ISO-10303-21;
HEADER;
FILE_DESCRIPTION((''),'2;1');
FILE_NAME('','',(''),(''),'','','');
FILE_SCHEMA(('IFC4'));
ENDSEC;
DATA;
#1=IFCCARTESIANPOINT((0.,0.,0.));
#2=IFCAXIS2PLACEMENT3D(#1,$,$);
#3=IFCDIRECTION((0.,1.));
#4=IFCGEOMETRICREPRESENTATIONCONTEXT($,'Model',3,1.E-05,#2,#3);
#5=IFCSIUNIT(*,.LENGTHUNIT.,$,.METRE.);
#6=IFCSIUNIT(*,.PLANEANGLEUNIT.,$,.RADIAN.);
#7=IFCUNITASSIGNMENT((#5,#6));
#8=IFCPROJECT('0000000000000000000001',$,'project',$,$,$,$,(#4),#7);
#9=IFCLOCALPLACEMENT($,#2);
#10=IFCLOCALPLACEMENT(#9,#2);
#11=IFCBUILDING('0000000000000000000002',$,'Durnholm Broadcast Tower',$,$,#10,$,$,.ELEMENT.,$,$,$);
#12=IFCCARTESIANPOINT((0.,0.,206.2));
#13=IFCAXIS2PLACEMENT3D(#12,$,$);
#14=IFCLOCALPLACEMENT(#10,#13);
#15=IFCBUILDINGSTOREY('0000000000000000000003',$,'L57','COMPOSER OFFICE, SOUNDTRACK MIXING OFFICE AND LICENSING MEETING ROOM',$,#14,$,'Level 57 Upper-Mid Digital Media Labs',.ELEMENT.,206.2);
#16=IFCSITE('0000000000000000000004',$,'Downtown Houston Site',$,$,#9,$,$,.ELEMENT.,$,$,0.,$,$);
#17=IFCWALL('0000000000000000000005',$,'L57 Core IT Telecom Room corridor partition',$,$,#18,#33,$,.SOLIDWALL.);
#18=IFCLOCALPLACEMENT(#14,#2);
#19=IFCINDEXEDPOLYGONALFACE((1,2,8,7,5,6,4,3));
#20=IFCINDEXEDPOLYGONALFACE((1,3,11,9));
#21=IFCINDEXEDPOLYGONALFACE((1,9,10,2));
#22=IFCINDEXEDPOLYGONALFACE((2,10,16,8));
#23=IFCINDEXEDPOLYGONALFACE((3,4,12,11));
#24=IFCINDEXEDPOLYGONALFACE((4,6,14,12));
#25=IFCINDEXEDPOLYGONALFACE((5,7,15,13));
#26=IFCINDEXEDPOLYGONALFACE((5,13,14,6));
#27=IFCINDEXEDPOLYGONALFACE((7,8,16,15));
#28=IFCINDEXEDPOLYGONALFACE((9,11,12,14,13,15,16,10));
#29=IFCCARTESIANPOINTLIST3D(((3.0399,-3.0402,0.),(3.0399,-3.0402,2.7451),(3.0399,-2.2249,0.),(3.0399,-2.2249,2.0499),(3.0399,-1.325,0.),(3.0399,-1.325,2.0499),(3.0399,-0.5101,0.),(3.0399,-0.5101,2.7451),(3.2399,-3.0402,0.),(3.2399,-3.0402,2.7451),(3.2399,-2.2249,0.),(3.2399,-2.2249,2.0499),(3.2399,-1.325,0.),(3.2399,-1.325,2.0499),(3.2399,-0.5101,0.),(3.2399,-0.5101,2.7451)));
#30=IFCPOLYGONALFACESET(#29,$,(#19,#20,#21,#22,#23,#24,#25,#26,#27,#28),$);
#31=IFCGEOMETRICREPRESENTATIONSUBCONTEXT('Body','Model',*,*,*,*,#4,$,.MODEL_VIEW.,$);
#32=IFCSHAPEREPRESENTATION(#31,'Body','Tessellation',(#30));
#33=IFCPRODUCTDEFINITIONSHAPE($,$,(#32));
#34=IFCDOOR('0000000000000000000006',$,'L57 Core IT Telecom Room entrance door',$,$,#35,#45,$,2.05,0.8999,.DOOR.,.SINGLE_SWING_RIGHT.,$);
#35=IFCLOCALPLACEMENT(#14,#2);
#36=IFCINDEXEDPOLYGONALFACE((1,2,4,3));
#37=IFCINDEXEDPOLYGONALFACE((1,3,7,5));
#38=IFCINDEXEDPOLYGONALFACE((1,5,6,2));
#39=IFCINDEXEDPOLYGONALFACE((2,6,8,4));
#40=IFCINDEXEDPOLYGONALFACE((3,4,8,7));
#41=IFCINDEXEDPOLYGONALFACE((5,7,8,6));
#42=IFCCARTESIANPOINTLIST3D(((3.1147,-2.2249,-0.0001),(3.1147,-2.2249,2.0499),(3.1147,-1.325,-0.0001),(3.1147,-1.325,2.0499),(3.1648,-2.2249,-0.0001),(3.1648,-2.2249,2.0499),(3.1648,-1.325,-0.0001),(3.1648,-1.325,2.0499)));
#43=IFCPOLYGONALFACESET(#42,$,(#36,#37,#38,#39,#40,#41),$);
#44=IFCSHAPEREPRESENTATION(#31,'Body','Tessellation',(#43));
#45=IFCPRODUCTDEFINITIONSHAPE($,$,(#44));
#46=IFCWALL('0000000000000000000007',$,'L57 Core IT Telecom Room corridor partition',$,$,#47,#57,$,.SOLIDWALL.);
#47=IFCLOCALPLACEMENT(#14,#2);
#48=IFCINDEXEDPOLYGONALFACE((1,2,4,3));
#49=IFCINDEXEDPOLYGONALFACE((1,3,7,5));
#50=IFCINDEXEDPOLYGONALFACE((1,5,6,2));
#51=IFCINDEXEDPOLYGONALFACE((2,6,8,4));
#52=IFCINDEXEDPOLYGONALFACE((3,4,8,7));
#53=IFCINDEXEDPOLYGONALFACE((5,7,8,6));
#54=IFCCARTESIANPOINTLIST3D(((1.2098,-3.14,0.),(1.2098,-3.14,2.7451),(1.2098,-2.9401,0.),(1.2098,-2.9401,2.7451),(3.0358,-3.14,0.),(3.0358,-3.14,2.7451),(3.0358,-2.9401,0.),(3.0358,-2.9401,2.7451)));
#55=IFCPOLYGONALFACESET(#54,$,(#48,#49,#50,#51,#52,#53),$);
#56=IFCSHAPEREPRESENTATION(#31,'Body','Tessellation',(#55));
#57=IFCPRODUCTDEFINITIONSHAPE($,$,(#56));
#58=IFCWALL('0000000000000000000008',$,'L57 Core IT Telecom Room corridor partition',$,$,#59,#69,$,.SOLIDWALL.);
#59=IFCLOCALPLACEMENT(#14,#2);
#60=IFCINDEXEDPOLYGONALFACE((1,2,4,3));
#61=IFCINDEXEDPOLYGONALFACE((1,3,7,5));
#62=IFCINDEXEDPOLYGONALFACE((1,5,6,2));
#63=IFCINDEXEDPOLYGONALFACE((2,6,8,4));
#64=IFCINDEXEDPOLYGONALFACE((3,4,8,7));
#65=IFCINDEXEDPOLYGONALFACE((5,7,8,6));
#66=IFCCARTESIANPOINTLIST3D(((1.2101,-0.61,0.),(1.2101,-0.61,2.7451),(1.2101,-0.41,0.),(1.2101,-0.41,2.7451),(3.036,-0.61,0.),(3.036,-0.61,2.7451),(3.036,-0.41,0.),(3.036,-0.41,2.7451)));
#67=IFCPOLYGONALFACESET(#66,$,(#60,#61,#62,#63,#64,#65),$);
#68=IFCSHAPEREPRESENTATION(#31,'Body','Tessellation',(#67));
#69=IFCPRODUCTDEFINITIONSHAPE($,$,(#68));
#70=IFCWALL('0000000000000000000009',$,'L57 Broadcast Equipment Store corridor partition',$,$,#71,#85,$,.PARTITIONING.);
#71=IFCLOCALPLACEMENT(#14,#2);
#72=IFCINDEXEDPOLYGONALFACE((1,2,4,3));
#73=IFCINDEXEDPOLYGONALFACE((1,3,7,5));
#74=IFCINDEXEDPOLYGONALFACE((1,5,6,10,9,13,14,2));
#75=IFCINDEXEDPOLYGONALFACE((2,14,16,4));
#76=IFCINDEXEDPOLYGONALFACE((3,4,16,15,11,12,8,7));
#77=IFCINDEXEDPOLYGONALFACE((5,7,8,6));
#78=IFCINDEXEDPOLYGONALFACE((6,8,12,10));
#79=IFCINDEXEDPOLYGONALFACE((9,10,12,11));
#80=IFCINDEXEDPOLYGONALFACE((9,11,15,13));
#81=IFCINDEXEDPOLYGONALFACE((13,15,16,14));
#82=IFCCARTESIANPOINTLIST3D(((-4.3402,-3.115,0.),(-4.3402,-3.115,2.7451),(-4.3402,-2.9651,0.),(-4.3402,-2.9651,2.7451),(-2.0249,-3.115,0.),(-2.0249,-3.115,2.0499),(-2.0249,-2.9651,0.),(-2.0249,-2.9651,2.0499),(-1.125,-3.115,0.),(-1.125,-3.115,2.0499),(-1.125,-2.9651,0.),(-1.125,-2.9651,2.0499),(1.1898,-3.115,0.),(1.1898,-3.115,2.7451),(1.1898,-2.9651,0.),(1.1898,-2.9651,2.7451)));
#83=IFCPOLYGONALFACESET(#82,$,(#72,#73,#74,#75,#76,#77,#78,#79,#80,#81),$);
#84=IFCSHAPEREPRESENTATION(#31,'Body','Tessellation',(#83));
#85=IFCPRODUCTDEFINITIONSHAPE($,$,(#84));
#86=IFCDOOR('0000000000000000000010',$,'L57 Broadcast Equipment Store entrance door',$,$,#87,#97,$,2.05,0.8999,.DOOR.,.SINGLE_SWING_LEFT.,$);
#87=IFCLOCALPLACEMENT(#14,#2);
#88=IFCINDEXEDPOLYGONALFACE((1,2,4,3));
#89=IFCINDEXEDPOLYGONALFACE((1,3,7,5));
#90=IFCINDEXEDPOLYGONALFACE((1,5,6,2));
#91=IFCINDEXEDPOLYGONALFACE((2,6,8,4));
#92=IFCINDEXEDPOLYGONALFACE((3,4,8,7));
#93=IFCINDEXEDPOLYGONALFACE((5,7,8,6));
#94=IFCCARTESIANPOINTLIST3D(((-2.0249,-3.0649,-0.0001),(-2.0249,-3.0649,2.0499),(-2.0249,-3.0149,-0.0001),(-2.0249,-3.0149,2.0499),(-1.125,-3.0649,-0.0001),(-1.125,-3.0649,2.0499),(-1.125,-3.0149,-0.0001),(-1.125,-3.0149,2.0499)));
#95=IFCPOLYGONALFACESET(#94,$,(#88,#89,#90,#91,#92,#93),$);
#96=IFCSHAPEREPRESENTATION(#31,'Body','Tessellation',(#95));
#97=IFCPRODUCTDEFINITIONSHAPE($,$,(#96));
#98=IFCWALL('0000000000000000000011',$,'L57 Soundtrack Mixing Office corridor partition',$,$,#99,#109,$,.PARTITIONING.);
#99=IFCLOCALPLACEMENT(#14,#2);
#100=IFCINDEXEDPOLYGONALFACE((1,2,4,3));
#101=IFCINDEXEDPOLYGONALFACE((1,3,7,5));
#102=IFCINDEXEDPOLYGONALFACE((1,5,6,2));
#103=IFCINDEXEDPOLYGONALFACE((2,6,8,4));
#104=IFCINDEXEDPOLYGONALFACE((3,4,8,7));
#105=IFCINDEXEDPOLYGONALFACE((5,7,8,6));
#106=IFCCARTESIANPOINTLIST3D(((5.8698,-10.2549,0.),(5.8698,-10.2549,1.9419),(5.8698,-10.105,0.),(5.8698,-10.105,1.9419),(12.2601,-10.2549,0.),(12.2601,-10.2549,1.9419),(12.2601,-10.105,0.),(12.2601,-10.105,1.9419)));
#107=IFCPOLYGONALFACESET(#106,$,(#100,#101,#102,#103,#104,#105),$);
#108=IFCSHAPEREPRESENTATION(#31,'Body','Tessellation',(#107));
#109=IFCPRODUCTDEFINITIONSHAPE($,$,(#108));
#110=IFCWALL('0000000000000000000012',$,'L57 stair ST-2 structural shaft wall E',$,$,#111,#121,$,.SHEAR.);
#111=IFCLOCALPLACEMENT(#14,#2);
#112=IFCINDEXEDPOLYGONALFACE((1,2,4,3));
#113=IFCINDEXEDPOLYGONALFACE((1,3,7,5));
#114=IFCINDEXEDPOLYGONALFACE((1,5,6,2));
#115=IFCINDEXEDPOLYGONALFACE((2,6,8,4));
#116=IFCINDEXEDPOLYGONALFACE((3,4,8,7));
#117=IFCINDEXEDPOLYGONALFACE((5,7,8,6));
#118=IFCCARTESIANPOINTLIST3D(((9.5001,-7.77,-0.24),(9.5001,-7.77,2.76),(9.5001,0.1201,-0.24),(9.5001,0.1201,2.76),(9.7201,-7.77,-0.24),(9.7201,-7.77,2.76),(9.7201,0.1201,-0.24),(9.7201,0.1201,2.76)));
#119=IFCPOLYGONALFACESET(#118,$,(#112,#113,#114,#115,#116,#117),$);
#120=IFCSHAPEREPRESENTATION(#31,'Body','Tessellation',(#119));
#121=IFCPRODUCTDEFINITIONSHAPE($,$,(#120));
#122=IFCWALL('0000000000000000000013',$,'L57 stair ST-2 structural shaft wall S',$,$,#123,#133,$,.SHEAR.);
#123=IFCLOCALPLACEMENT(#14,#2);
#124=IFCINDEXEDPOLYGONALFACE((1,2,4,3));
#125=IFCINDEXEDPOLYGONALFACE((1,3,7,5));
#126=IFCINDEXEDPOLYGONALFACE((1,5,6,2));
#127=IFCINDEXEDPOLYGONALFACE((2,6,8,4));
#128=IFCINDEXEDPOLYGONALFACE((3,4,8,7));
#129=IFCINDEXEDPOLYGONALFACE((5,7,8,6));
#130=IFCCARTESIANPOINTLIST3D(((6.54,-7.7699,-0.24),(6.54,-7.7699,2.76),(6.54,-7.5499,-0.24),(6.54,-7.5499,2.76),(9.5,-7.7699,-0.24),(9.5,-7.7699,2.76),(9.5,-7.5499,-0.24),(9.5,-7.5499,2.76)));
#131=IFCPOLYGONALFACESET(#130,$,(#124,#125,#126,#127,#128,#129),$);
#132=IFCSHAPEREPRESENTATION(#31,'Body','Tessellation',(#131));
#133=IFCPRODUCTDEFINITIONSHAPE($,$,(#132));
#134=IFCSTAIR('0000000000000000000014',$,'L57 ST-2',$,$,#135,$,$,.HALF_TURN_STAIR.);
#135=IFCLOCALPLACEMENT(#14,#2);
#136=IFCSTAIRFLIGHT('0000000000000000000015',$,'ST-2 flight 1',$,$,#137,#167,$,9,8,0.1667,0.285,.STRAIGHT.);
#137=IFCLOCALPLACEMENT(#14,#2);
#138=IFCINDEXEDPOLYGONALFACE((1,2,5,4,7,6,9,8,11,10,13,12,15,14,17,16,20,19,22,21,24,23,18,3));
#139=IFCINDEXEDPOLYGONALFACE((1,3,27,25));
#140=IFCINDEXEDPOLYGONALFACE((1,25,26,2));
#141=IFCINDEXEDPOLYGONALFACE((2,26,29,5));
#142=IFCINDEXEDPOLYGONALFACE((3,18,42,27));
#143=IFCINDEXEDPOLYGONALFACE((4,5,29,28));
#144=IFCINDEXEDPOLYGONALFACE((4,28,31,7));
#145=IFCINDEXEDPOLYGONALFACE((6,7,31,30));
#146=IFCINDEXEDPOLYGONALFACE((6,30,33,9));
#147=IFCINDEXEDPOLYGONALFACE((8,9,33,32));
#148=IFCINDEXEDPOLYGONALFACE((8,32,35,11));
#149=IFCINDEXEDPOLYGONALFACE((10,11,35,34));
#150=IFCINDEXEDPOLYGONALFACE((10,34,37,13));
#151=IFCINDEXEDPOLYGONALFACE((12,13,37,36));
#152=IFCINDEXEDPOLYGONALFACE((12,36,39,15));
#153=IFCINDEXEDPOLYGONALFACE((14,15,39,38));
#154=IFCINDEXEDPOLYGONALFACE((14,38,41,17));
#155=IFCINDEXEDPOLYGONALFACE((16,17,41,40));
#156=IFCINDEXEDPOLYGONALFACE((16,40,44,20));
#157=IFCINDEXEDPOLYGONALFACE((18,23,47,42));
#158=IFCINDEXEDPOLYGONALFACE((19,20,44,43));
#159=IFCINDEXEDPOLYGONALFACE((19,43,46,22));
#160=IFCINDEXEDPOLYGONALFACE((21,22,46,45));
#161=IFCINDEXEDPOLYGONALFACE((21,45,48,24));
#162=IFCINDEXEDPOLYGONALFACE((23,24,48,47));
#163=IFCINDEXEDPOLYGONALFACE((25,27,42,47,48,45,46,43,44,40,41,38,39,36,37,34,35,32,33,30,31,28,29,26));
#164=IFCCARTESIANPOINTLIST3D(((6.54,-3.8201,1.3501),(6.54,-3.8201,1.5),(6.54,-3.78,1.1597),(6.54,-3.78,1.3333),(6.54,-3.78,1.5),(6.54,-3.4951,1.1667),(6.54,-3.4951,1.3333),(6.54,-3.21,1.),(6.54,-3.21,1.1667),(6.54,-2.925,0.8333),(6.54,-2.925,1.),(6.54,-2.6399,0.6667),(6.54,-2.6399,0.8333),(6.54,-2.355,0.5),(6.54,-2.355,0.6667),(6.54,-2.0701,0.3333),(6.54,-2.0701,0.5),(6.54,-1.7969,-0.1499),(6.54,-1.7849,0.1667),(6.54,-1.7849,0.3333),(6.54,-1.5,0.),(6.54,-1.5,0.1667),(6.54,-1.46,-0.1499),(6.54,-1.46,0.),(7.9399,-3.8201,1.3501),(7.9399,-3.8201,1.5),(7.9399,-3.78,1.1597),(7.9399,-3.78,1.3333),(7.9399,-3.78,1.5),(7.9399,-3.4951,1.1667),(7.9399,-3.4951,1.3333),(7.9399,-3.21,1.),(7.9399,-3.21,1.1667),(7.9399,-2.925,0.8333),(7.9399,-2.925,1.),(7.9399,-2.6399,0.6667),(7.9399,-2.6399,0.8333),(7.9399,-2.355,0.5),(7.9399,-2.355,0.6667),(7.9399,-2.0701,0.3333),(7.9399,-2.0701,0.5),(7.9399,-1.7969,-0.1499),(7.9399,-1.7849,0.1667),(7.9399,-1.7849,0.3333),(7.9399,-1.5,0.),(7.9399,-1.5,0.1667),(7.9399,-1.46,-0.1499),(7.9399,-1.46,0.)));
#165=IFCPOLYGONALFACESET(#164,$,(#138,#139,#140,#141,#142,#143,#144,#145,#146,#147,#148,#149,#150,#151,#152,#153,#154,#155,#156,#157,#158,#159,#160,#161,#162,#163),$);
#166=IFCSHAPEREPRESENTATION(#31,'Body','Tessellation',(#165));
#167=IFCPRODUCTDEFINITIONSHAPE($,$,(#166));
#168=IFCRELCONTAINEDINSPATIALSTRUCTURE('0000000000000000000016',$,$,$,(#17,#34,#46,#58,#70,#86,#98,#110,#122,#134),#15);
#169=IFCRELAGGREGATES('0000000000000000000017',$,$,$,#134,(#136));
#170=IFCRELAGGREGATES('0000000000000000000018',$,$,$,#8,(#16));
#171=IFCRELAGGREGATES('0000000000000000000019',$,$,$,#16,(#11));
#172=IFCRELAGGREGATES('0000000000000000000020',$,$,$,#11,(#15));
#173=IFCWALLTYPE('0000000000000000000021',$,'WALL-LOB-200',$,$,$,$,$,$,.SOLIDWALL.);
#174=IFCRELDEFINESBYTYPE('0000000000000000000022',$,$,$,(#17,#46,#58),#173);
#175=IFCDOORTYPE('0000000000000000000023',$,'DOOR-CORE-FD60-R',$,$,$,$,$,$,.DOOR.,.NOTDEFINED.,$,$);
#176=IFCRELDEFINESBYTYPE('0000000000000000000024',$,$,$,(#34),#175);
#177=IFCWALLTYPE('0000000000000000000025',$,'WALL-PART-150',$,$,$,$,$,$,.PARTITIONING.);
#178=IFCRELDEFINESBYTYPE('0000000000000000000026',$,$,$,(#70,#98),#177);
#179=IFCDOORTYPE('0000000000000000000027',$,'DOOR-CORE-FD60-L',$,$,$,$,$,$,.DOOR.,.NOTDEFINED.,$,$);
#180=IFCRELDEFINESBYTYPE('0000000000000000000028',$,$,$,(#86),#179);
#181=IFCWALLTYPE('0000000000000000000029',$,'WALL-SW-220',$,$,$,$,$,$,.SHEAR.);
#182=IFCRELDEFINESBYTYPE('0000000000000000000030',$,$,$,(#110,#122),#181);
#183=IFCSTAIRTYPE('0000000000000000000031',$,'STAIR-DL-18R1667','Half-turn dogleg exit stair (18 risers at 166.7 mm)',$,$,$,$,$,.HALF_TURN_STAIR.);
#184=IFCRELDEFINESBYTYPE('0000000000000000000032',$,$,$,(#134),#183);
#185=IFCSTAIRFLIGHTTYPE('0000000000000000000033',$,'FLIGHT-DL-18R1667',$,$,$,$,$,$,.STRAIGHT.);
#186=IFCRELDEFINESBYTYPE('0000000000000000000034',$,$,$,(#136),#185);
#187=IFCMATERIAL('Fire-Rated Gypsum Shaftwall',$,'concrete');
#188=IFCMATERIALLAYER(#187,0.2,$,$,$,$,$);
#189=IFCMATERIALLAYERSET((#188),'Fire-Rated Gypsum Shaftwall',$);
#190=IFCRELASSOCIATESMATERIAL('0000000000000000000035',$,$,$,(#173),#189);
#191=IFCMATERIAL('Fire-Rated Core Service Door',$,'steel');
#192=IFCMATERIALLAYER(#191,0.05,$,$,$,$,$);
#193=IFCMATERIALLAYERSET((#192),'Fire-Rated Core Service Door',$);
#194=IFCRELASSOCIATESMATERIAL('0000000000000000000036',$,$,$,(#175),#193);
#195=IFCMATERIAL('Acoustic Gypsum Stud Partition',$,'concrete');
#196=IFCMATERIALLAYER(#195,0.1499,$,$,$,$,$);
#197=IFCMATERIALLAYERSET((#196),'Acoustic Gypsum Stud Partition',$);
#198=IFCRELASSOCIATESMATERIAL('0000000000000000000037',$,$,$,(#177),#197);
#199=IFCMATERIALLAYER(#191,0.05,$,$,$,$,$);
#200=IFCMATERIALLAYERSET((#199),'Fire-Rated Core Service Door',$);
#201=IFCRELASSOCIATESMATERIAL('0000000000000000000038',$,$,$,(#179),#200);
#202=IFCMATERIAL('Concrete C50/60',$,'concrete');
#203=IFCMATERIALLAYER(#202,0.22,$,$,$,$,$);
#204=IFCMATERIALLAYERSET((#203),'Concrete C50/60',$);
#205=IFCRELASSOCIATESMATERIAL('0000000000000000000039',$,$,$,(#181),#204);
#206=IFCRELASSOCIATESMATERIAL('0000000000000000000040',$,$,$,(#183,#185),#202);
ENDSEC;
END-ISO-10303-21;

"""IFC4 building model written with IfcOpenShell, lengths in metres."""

from ifc_helpers import new_model, si_unit, direction, frame, frame_2d, origin, place, context, subcontext, project, spatial, polyline, rectangle, outline, extrude, source, transform, mapped, material, layer, layer_set, type_object, type_shapes, element, fill, aggregate, save


model = new_model("IFC4")

# Units and contexts
model_context = context("Model", 3, precision=1e-05, world=origin(), true_north=direction((0.0, 1.0)))
body_context = subcontext(model_context, "Body", "Model", "MODEL_VIEW")
ifc_project = project(units=[si_unit("LENGTHUNIT", "METRE"), si_unit("PLANEANGLEUNIT", "RADIAN")], contexts=[model_context])

# Site, building, storey
site_placement = place(None, origin())
site = spatial("IfcSite", under=ifc_project, at=site_placement, Name="Downtown Houston Site", CompositionType="ELEMENT", RefElevation=0.0)
building_placement = place(site_placement, origin())
building = spatial("IfcBuilding", under=site, at=building_placement, Name="Durnholm Broadcast Tower", CompositionType="ELEMENT")
storey_placement = place(building_placement, frame((0.0, 0.0, 206.2)))
storey = spatial("IfcBuildingStorey", under=building, at=storey_placement, Name="L57", Description="COMPOSER OFFICE, SOUNDTRACK MIXING OFFICE AND LICENSING MEETING ROOM", LongName="Level 57 Upper-Mid Digital Media Labs", CompositionType="ELEMENT", Elevation=206.2)

# Wall, opening, door
ifc_material_1 = material(Name="Fire-Rated Gypsum Shaftwall", Category="concrete")
ifc_layer_1 = layer(ifc_material_1, 0.2)
ifc_layer_set_1 = layer_set([ifc_layer_1], Name="Fire-Rated Gypsum Shaftwall")
wall_type_1 = type_object("IfcWallType", Name="WALL-LOB-200", PredefinedType="SOLIDWALL", material=ifc_layer_set_1)
ifc_material_2 = material(Name="Fire-Rated Core Service Door", Category="steel")
ifc_layer_2 = layer(ifc_material_2, 0.05)
ifc_layer_set_2 = layer_set([ifc_layer_2], Name="Fire-Rated Core Service Door")
door_type_1 = type_object("IfcDoorType", Name="DOOR-CORE-FD60-R", OperationType="NOTDEFINED", PredefinedType="DOOR", material=ifc_layer_set_2)
shared_shape_1 = source(origin(), body_context, "Body", "SweptSolid", [
    extrude(rectangle(XDim=0.8999, YDim=2.05, at=frame_2d((0.45, 1.0249))), frame((0.0, 0.0249, 0.0), z_axis=(0.0, -1.0, 0.0), x_axis=(1.0, 0.0, 0.0)), (0.0, 0.0, 1.0), 0.05),
])
type_shapes(door_type_1, [shared_shape_1])
wall_1_placement = place(storey_placement, frame((3.1399, -0.51, 0.0), z_axis=(0.0, 0.0, 1.0), x_axis=(0.0, -1.0, 0.0)))
wall_1 = element("IfcWall", 1, at=wall_1_placement, inside=storey, type_object=wall_type_1, Name="L57 Core IT Telecom Room corridor partition", PredefinedType="SOLIDWALL", context=body_context, shape_type="SweptSolid", body=[
    extrude(rectangle(XDim=2.53, YDim=0.2, at=frame_2d((1.2651, 0.0))), origin(), (0.0, 0.0, 1.0), 2.7451),
])
opening_1_placement = place(wall_1_placement, frame((0.8149, 0.0, 0.0)))
opening_1 = element("IfcOpeningElement", 2, at=opening_1_placement, cuts=wall_1, PredefinedType="OPENING", context=body_context, shape_type="SweptSolid", body=[
    extrude(rectangle(XDim=0.8999, YDim=2.05, at=frame_2d((0.45, 1.0249))), frame((0.0, 0.1099, 0.0), z_axis=(0.0, -1.0, 0.0), x_axis=(1.0, 0.0, 0.0)), (0.0, 0.0, 1.0), 0.22),
])
door_1_placement = place(opening_1_placement, origin())
door_1 = element("IfcDoor", 3, at=door_1_placement, inside=storey, type_object=door_type_1, Name="L57 Core IT Telecom Room entrance door", OperationType="SINGLE_SWING_RIGHT", OverallHeight=2.05, OverallWidth=0.8999, PredefinedType="DOOR", context=body_context, shape_type="MappedRepresentation", body=[
    mapped(shared_shape_1, transform((0.0, 0.0, 0.0), x_axis=(1.0, 0.0, 0.0), y_axis=(0.0, 1.0, 0.0), z_axis=(0.0, 0.0, 1.0), scale=1.0)),
])
fill(opening_1, door_1)

# Walls
for number, where, z_axis, x_axis, name in (
    (4, (3.0359, -3.04, 0.0), (0.0, 0.0, 1.0), (-1.0, 0.0, 0.0), "L57 Core IT Telecom Room corridor partition"),
    (5, (1.21, -0.51, 0.0), (0.0, 0.0, 1.0), (1.0, 0.0, 0.0), "L57 Core IT Telecom Room corridor partition"),
):
    element("IfcWall", number, at=place(storey_placement, frame(where, z_axis=z_axis, x_axis=x_axis)), inside=storey, type_object=wall_type_1, Name=name, PredefinedType="SOLIDWALL", context=body_context, shape_type="SweptSolid", body=[
        extrude(rectangle(XDim=1.8259, YDim=0.2, at=frame_2d((0.9131, 0.0))), origin(), (0.0, 0.0, 1.0), 2.7451),
    ])

# Wall, opening, door
ifc_material_3 = material(Name="Acoustic Gypsum Stud Partition", Category="concrete")
ifc_layer_3 = layer(ifc_material_3, 0.1499)
ifc_layer_set_3 = layer_set([ifc_layer_3], Name="Acoustic Gypsum Stud Partition")
wall_type_2 = type_object("IfcWallType", Name="WALL-PART-150", PredefinedType="PARTITIONING", material=ifc_layer_set_3)
wall_2_placement = place(storey_placement, frame((1.1899, -3.04, 0.0), z_axis=(0.0, 0.0, 1.0), x_axis=(-1.0, 0.0, 0.0)))
wall_2 = element("IfcWall", 6, at=wall_2_placement, inside=storey, type_object=wall_type_2, Name="L57 Broadcast Equipment Store corridor partition", PredefinedType="PARTITIONING", context=body_context, shape_type="SweptSolid", body=[
    extrude(rectangle(XDim=5.53, YDim=0.1499, at=frame_2d((2.7651, 0.0))), origin(), (0.0, 0.0, 1.0), 2.7451),
])
opening_2_placement = place(wall_2_placement, frame((2.3149, 0.0, 0.0)))
opening_2 = element("IfcOpeningElement", 7, at=opening_2_placement, cuts=wall_2, PredefinedType="OPENING", context=body_context, shape_type="SweptSolid", body=[
    extrude(rectangle(XDim=0.8999, YDim=2.05, at=frame_2d((0.45, 1.0249))), frame((0.0, 0.085, 0.0), z_axis=(0.0, -1.0, 0.0), x_axis=(1.0, 0.0, 0.0)), (0.0, 0.0, 1.0), 0.1699),
])
ifc_layer_4 = layer(ifc_material_2, 0.05)
ifc_layer_set_4 = layer_set([ifc_layer_4], Name="Fire-Rated Core Service Door")
door_type_2 = type_object("IfcDoorType", Name="DOOR-CORE-FD60-L", OperationType="NOTDEFINED", PredefinedType="DOOR", material=ifc_layer_set_4)
shared_shape_2 = source(origin(), body_context, "Body", "SweptSolid", [
    extrude(rectangle(XDim=0.8999, YDim=2.05, at=frame_2d((0.45, 1.0249))), frame((0.0, 0.0249, 0.0), z_axis=(0.0, -1.0, 0.0), x_axis=(1.0, 0.0, 0.0)), (0.0, 0.0, 1.0), 0.05),
])
type_shapes(door_type_2, [shared_shape_2])
door_2_placement = place(opening_2_placement, origin())
door_2 = element("IfcDoor", 8, at=door_2_placement, inside=storey, type_object=door_type_2, Name="L57 Broadcast Equipment Store entrance door", OperationType="SINGLE_SWING_LEFT", OverallHeight=2.05, OverallWidth=0.8999, PredefinedType="DOOR", context=body_context, shape_type="MappedRepresentation", body=[
    mapped(shared_shape_2, transform((0.0, 0.0, 0.0), x_axis=(1.0, 0.0, 0.0), y_axis=(0.0, 1.0, 0.0), z_axis=(0.0, 0.0, 1.0), scale=1.0)),
])
fill(opening_2, door_2)

# Walls
wall_3_placement = place(storey_placement, frame((5.8696, -10.1799, 0.0), z_axis=(0.0, 0.0, 1.0), x_axis=(1.0, 0.0, 0.0)))
element("IfcWall", 9, at=wall_3_placement, inside=storey, type_object=wall_type_2, Name="L57 Soundtrack Mixing Office corridor partition", PredefinedType="PARTITIONING", context=body_context, shape_type="SweptSolid", body=[
    extrude(rectangle(XDim=6.3904, YDim=0.1499, at=frame_2d((3.1953, 0.0))), origin(), (0.0, 0.0, 1.0), 1.9419),
])
ifc_material_4 = material(Name="Concrete C50/60", Category="concrete")
ifc_layer_5 = layer(ifc_material_4, 0.22)
ifc_layer_set_5 = layer_set([ifc_layer_5], Name="Concrete C50/60")
wall_type_3 = type_object("IfcWallType", Name="WALL-SW-220", PredefinedType="SHEAR", material=ifc_layer_set_5)
wall_4_placement = place(storey_placement, frame((9.6101, -7.77, -0.24), z_axis=(0.0, 0.0, 1.0), x_axis=(0.0, 1.0, 0.0)))
element("IfcWall", 10, at=wall_4_placement, inside=storey, type_object=wall_type_3, Name="L57 stair ST-2 structural shaft wall E", PredefinedType="SHEAR", context=body_context, shape_type="SweptSolid", body=[
    extrude(rectangle(XDim=7.8901, YDim=0.22, at=frame_2d((3.9451, 0.0))), origin(), (0.0, 0.0, 1.0), 3.0),
])
wall_5_placement = place(storey_placement, frame((6.54, -7.6599, -0.24), z_axis=(0.0, 0.0, 1.0), x_axis=(1.0, 0.0, 0.0)))
element("IfcWall", 11, at=wall_5_placement, inside=storey, type_object=wall_type_3, Name="L57 stair ST-2 structural shaft wall S", PredefinedType="SHEAR", context=body_context, shape_type="SweptSolid", body=[
    extrude(rectangle(XDim=2.96, YDim=0.22, at=frame_2d((1.48, 0.0))), origin(), (0.0, 0.0, 1.0), 3.0),
])

# Stair, stair flight
stair_type = type_object("IfcStairType", Name="STAIR-DL-18R1667", Description="Half-turn dogleg exit stair (18 risers at 166.7 mm)", PredefinedType="HALF_TURN_STAIR", material=ifc_material_4)
stair_placement = place(storey_placement, origin())
stair = element("IfcStair", 12, at=stair_placement, inside=storey, type_object=stair_type, Name="L57 ST-2", PredefinedType="HALF_TURN_STAIR")
stair_flight_type = type_object("IfcStairFlightType", Name="FLIGHT-DL-18R1667", PredefinedType="STRAIGHT", material=ifc_material_4)
stair_flight_1_placement = place(storey_placement, frame((7.24, -1.5, 0.0), z_axis=(0.0, 0.0, 1.0), x_axis=(0.0, -1.0, 0.0)))
stair_flight_1 = element("IfcStairFlight", 13, at=stair_flight_1_placement, type_object=stair_flight_type, Name="ST-2 flight 1", NumberOfRisers=9, NumberOfTreads=8, PredefinedType="STRAIGHT", RiserHeight=0.1667, TreadLength=0.285, context=body_context, shape_type="SweptSolid", body=[
    extrude(outline(polyline([(-0.04, -0.1499), (-0.04, 0.0), (0.0, 0.0), (0.0, 0.1667), (0.2849, 0.1667), (0.2849, 0.3333), (0.5701, 0.3333), (0.5701, 0.5), (0.855, 0.5), (0.855, 0.6667), (1.1399, 0.6667), (1.1399, 0.8333), (1.425, 0.8333), (1.425, 1.0), (1.71, 1.0), (1.71, 1.1667), (1.9951, 1.1667), (1.9951, 1.3333), (2.28, 1.3333), (2.28, 1.5), (2.3201, 1.5), (2.3201, 1.3501), (2.28, 1.1597), (0.2969, -0.1499), (-0.04, -0.1499)])), frame((0.0, 0.7, 0.0), z_axis=(0.0, -1.0, 0.0), x_axis=(1.0, 0.0, 0.0)), (0.0, 0.0, 1.0), 1.3999),
])
aggregate(stair, [stair_flight_1])

save(model, "model.ifc")
